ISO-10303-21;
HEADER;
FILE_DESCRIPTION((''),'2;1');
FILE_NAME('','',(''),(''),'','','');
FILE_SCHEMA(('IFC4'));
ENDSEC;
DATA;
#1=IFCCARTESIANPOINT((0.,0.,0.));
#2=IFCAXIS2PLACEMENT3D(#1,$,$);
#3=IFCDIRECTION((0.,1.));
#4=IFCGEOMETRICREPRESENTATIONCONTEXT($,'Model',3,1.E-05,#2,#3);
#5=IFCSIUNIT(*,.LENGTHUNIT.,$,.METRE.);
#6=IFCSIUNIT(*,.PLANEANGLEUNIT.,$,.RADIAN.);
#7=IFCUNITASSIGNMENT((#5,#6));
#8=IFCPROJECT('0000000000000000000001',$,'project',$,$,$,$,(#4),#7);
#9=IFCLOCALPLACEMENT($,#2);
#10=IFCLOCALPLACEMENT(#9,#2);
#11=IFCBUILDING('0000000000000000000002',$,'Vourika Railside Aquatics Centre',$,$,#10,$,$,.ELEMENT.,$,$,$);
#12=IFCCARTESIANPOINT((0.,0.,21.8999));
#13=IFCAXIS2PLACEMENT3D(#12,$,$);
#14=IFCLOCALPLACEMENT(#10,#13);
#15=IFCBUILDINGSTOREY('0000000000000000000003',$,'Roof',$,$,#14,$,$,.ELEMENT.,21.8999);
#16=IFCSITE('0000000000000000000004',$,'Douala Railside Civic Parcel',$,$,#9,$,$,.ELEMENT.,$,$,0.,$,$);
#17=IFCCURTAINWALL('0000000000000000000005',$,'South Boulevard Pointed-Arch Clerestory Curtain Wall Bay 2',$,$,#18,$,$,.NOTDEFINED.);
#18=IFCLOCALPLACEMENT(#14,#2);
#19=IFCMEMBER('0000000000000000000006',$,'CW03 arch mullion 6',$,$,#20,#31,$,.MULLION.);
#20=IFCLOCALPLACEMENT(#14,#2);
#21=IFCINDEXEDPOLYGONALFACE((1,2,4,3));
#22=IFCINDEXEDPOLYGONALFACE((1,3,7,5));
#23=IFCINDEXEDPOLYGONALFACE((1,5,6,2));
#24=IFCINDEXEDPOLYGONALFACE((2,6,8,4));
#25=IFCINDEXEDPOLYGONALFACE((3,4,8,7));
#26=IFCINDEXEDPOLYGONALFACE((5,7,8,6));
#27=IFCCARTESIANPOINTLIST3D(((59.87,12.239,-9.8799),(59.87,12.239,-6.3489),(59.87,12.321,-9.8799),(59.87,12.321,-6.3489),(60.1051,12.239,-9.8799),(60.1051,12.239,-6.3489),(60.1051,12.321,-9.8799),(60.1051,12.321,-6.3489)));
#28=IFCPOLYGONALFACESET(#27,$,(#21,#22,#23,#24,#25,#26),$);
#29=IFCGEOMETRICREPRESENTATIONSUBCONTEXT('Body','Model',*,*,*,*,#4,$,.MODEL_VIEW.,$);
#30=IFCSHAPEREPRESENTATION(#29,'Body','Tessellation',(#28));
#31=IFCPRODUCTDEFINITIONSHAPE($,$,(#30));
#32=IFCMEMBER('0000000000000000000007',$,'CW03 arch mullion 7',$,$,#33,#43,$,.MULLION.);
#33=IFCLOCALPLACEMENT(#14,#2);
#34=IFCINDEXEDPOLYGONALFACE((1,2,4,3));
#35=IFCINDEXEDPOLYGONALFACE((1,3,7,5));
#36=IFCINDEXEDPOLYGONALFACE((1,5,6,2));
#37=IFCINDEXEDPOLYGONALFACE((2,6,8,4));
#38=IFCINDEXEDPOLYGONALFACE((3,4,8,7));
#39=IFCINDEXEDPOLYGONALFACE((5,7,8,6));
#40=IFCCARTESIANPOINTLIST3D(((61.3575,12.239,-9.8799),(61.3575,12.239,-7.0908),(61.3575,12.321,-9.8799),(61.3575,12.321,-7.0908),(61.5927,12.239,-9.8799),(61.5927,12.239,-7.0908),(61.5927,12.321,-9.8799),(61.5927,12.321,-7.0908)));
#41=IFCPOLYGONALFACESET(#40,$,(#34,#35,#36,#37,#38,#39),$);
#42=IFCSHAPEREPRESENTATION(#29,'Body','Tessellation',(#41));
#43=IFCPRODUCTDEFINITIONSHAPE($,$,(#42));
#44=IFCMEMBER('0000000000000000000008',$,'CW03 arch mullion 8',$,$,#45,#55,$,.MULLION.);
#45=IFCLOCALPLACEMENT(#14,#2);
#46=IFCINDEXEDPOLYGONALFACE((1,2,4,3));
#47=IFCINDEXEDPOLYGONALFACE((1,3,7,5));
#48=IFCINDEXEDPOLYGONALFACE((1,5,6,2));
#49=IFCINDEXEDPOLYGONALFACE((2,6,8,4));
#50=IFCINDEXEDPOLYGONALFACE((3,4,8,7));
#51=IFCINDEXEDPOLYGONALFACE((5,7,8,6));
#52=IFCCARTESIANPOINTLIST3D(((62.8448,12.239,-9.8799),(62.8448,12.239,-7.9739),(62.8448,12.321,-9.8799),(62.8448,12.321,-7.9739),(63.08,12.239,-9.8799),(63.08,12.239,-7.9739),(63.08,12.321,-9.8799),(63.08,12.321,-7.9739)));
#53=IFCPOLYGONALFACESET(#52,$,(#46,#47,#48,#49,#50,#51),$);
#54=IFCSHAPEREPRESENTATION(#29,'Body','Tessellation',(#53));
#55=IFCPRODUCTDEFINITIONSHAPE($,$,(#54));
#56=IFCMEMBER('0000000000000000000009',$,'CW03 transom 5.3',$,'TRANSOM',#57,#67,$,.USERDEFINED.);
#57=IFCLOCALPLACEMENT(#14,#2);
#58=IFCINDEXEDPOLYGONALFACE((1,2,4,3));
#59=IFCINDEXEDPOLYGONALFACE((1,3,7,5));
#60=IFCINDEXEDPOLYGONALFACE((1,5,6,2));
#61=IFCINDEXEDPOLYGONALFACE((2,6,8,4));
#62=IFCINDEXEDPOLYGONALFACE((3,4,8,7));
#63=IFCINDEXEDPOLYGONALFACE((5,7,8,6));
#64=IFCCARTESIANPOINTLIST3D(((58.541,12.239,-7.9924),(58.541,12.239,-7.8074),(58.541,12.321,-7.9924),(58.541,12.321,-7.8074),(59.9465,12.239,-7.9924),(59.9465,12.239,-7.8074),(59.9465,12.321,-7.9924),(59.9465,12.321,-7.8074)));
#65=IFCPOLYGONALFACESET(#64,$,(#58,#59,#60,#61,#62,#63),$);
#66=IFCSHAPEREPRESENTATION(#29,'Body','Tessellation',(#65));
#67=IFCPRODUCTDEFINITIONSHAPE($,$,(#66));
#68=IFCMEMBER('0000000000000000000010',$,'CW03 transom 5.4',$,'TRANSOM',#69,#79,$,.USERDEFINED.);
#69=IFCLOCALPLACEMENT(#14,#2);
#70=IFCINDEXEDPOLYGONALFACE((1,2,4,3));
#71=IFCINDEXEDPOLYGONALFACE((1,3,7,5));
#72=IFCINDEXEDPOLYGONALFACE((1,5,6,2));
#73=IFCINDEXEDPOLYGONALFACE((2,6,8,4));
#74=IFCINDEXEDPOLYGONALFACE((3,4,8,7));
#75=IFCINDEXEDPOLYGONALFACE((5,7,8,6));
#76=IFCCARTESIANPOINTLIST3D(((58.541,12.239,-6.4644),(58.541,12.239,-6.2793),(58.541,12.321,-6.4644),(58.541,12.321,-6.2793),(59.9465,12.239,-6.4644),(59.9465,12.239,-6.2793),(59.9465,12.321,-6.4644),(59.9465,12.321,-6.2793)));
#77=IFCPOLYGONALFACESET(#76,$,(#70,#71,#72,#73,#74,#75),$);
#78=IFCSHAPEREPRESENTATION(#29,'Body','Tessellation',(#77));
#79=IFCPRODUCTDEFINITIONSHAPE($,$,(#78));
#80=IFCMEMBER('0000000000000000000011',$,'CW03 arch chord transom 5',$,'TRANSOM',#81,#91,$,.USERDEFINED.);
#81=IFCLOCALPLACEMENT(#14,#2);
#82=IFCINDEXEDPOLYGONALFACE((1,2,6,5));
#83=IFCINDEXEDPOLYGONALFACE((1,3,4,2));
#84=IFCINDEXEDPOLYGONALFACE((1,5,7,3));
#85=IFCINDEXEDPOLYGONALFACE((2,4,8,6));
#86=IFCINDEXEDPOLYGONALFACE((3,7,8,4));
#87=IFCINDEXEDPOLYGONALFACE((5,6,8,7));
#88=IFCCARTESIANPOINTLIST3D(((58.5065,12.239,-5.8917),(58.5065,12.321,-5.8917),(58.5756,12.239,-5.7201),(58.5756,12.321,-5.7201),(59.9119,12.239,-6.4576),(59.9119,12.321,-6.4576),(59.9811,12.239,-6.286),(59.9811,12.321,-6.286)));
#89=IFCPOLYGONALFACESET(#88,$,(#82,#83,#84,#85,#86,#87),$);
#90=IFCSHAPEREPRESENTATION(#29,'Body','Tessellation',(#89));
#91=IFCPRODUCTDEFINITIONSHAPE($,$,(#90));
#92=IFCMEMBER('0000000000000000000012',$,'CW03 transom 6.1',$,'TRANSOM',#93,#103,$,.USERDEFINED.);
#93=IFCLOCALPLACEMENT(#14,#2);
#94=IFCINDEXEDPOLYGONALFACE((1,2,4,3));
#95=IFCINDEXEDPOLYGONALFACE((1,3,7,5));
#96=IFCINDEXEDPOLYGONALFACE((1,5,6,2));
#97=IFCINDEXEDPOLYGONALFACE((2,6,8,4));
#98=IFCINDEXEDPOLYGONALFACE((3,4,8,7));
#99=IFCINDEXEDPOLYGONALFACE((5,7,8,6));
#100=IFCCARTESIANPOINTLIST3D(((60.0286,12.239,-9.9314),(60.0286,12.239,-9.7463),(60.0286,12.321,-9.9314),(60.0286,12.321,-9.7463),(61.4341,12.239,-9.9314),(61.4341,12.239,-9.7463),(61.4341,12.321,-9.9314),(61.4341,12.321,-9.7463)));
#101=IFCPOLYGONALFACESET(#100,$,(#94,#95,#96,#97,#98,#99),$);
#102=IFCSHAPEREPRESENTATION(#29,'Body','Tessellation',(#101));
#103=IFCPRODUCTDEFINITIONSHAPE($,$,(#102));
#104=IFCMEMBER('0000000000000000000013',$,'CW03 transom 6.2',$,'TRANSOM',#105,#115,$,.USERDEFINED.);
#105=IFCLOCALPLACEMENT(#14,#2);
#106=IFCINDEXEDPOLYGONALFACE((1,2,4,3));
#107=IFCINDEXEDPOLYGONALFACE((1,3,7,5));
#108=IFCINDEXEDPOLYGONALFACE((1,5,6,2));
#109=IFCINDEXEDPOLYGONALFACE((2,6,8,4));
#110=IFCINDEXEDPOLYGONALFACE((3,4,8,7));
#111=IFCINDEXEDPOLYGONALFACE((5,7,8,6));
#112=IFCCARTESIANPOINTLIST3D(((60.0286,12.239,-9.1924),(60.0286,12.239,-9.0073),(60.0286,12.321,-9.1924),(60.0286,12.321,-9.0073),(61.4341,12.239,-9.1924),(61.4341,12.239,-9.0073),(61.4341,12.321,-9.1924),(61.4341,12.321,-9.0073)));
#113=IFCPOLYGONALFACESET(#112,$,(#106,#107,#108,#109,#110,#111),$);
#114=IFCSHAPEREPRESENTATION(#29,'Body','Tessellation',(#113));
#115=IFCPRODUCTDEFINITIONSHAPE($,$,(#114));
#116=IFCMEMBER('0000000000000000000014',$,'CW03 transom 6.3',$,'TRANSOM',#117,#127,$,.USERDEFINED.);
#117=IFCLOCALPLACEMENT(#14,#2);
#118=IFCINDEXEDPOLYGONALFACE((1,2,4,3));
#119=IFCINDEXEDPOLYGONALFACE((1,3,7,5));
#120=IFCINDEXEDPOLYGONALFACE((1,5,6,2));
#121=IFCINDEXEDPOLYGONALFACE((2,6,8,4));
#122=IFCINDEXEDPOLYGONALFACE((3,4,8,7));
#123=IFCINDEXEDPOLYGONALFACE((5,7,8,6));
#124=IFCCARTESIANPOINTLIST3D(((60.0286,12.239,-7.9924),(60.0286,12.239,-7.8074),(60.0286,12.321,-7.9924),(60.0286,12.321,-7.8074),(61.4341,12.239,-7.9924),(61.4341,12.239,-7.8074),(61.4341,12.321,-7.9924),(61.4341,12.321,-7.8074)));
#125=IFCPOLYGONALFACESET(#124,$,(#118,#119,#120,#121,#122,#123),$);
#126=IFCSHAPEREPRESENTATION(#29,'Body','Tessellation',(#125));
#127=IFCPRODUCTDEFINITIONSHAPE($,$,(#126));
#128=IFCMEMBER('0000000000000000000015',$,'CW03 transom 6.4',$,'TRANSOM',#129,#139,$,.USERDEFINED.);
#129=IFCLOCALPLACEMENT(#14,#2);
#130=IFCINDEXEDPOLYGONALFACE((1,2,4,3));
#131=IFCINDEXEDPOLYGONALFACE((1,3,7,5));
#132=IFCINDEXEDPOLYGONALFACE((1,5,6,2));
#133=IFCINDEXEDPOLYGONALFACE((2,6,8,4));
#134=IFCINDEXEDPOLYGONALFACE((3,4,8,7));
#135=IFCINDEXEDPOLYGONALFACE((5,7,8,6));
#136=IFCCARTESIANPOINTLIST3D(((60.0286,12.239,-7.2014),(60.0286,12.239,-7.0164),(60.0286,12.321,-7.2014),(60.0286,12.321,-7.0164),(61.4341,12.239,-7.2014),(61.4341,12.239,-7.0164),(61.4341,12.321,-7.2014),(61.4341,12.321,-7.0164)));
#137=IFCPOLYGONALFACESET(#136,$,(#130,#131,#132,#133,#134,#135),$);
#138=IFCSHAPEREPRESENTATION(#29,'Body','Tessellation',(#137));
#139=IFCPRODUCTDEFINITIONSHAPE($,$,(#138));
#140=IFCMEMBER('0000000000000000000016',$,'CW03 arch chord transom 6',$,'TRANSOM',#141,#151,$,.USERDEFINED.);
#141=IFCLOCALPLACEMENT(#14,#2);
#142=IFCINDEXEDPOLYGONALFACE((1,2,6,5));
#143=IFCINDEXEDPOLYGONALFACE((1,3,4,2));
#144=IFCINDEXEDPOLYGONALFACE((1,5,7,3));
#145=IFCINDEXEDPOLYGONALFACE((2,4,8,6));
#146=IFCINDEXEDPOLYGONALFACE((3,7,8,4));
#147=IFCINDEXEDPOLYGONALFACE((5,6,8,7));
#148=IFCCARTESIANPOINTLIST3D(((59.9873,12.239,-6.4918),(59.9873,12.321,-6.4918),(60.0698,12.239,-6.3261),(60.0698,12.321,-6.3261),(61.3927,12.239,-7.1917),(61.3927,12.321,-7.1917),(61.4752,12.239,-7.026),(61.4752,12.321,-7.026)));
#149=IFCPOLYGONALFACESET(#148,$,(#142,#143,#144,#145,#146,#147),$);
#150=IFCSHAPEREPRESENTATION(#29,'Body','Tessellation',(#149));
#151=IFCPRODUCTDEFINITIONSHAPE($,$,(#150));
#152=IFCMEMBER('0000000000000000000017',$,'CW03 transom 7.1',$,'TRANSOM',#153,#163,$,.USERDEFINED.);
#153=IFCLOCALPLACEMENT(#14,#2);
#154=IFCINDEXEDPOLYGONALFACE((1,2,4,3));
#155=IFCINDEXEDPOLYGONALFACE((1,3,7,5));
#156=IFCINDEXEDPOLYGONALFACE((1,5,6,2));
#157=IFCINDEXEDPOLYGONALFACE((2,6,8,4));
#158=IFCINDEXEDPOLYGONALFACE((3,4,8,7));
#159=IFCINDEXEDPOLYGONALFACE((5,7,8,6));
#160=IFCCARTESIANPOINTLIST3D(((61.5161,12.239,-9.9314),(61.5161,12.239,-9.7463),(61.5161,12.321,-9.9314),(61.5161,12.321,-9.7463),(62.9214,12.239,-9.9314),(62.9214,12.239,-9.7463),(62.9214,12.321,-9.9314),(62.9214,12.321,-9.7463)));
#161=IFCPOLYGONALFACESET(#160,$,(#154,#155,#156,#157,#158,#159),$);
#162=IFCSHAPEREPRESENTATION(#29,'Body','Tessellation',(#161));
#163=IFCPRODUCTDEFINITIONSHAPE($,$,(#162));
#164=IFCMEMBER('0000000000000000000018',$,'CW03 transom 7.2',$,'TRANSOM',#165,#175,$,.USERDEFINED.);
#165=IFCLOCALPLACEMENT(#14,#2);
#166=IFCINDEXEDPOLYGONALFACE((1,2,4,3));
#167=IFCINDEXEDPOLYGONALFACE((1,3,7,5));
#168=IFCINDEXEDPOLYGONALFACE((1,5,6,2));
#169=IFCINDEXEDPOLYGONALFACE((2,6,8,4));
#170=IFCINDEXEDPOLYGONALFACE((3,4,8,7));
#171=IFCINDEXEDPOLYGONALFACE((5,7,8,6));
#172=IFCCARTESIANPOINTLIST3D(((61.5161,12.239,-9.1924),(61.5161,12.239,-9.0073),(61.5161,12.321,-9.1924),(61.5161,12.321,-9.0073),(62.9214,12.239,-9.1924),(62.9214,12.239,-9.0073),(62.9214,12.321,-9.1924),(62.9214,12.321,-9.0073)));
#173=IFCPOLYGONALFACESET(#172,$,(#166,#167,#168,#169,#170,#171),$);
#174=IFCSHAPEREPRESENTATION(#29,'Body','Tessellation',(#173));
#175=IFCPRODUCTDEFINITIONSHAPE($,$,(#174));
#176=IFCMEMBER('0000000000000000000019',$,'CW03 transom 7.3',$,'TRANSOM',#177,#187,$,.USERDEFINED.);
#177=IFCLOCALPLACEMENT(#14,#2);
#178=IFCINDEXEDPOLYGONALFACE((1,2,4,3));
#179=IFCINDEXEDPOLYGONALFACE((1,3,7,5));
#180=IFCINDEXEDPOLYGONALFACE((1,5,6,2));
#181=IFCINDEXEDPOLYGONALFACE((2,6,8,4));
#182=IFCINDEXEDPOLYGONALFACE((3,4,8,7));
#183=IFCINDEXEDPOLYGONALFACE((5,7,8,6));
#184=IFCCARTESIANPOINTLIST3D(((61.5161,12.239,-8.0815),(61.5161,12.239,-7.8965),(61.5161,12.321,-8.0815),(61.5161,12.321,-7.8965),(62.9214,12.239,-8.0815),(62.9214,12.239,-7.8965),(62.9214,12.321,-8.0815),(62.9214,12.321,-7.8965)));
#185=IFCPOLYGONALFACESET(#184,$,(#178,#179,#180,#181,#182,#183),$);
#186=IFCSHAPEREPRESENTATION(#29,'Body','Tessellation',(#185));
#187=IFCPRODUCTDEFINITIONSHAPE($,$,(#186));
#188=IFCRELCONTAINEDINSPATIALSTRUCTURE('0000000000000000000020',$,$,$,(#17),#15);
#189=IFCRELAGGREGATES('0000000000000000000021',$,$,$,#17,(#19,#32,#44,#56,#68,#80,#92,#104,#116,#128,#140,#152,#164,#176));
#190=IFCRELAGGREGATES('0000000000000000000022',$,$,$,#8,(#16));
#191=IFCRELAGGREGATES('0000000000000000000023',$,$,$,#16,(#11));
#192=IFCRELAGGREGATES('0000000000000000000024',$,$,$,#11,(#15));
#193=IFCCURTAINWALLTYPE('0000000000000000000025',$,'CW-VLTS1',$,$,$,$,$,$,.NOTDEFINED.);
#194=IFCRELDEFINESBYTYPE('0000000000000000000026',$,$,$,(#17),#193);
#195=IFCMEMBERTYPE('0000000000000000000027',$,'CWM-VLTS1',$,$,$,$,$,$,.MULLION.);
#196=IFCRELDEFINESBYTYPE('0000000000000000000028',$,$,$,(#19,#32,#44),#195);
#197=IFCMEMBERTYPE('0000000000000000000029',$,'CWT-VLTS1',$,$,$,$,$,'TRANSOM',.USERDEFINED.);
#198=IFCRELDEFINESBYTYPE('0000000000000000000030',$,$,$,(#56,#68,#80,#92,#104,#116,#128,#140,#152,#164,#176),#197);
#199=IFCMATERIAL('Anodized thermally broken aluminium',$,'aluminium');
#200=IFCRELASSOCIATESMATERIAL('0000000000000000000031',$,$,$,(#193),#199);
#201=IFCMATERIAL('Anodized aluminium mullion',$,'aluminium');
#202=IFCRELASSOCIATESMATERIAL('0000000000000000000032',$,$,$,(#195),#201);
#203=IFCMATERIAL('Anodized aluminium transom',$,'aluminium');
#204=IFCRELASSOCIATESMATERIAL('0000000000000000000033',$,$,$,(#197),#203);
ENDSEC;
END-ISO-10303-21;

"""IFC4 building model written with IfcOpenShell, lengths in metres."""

from ifc_helpers import new_model, si_unit, direction, frame, origin, origin_2d, place, context, subcontext, project, spatial, rectangle, extrude, material, material_profile, profile_set, type_object, element, aggregate, save


model = new_model("IFC4")

# Units and contexts
model_context = context("Model", 3, precision=1e-05, world=origin(), true_north=direction((0.0, 1.0)))
body_context = subcontext(model_context, "Body", "Model", "MODEL_VIEW")
ifc_project = project(units=[si_unit("LENGTHUNIT", "METRE"), si_unit("PLANEANGLEUNIT", "RADIAN")], contexts=[model_context])

# Site, building, storey
site_placement = place(None, origin())
site = spatial("IfcSite", under=ifc_project, at=site_placement, Name="Douala Railside Civic Parcel", CompositionType="ELEMENT", RefElevation=0.0)
building_placement = place(site_placement, origin())
building = spatial("IfcBuilding", under=site, at=building_placement, Name="Vourika Railside Aquatics Centre", CompositionType="ELEMENT")
storey_placement = place(building_placement, frame((0.0, 0.0, 21.8999)))
storey = spatial("IfcBuildingStorey", under=building, at=storey_placement, Name="Roof", CompositionType="ELEMENT", Elevation=21.8999)

# Curtain wall, members
ifc_material_1 = material(Name="Anodized thermally broken aluminium", Category="aluminium")
curtain_wall_type = type_object("IfcCurtainWallType", Name="CW-VLTS1", PredefinedType="NOTDEFINED", material=ifc_material_1)
curtain_wall_placement = place(storey_placement, origin())
curtain_wall = element("IfcCurtainWall", 1, at=curtain_wall_placement, inside=storey, type_object=curtain_wall_type, Name="South Boulevard Pointed-Arch Clerestory Curtain Wall Bay 2", PredefinedType="NOTDEFINED")
ifc_material_2 = material(Name="Anodized aluminium mullion", Category="aluminium")
ifc_material_profile_1 = material_profile(ifc_material_2, rectangle(XDim=0.082, YDim=0.2351, at=origin_2d()), Name="ALU-M 82x235")
ifc_profile_set_1 = profile_set([ifc_material_profile_1], Name="Anodized aluminium mullion")
member_type_1 = type_object("IfcMemberType", Name="CWM-VLTS1", PredefinedType="MULLION", material=ifc_profile_set_1)
member_1_placement = place(storey_placement, frame((59.9875, 12.28, -9.8799), z_axis=(0.0, 0.0, 1.0), x_axis=(0.0, 1.0, 0.0)))
member_1 = element("IfcMember", 2, at=member_1_placement, type_object=member_type_1, Name="CW03 arch mullion 6", PredefinedType="MULLION", context=body_context, shape_type="SweptSolid", body=[
    extrude(rectangle(XDim=0.082, YDim=0.2351, at=origin_2d()), origin(), (0.0, 0.0, 1.0), 3.531),
])
member_2_placement = place(storey_placement, frame((61.4751, 12.28, -9.8799), z_axis=(0.0, 0.0, 1.0), x_axis=(0.0, 1.0, 0.0)))
member_2 = element("IfcMember", 3, at=member_2_placement, type_object=member_type_1, Name="CW03 arch mullion 7", PredefinedType="MULLION", context=body_context, shape_type="SweptSolid", body=[
    extrude(rectangle(XDim=0.082, YDim=0.2351, at=origin_2d()), origin(), (0.0, 0.0, 1.0), 2.7891),
])
member_3_placement = place(storey_placement, frame((62.9624, 12.28, -9.8799), z_axis=(0.0, 0.0, 1.0), x_axis=(0.0, 1.0, 0.0)))
member_3 = element("IfcMember", 4, at=member_3_placement, type_object=member_type_1, Name="CW03 arch mullion 8", PredefinedType="MULLION", context=body_context, shape_type="SweptSolid", body=[
    extrude(rectangle(XDim=0.082, YDim=0.2351, at=origin_2d()), origin(), (0.0, 0.0, 1.0), 1.906),
])
ifc_material_3 = material(Name="Anodized aluminium transom", Category="aluminium")
ifc_material_profile_2 = material_profile(ifc_material_3, rectangle(XDim=0.082, YDim=0.1851, at=origin_2d()), Name="ALU-T 82x185")
ifc_profile_set_2 = profile_set([ifc_material_profile_2], Name="Anodized aluminium transom")
member_type_2 = type_object("IfcMemberType", Name="CWT-VLTS1", ElementType="TRANSOM", PredefinedType="USERDEFINED", material=ifc_profile_set_2)
member_4_placement = place(storey_placement, frame((58.541, 12.28, -7.8999), z_axis=(1.0, 0.0, 0.0), x_axis=(0.0, 1.0, 0.0)))
member_4 = element("IfcMember", 5, at=member_4_placement, type_object=member_type_2, Name="CW03 transom 5.3", ObjectType="TRANSOM", PredefinedType="USERDEFINED", context=body_context, shape_type="SweptSolid", body=[
    extrude(rectangle(XDim=0.082, YDim=0.1851, at=origin_2d()), origin(), (0.0, 0.0, 1.0), 1.4055),
])
member_5_placement = place(storey_placement, frame((58.541, 12.28, -6.3718), z_axis=(1.0, 0.0, 0.0), x_axis=(0.0, 1.0, 0.0)))
member_5 = element("IfcMember", 6, at=member_5_placement, type_object=member_type_2, Name="CW03 transom 5.4", ObjectType="TRANSOM", PredefinedType="USERDEFINED", context=body_context, shape_type="SweptSolid", body=[
    extrude(rectangle(XDim=0.082, YDim=0.1851, at=origin_2d()), origin(), (0.0, 0.0, 1.0), 1.4055),
])
member_6_placement = place(storey_placement, frame((58.541, 12.28, -5.8059), z_axis=(0.92763, 0.0, -0.373501), x_axis=(0.0, 1.0, 0.0)))
member_6 = element("IfcMember", 7, at=member_6_placement, type_object=member_type_2, Name="CW03 arch chord transom 5", ObjectType="TRANSOM", PredefinedType="USERDEFINED", context=body_context, shape_type="SweptSolid", body=[
    extrude(rectangle(XDim=0.082, YDim=0.1851, at=origin_2d()), origin(), (0.0, 0.0, 1.0), 1.5151),
])
member_7_placement = place(storey_placement, frame((60.0286, 12.28, -9.8389), z_axis=(1.0, 0.0, 0.0), x_axis=(0.0, 1.0, 0.0)))
member_7 = element("IfcMember", 8, at=member_7_placement, type_object=member_type_2, Name="CW03 transom 6.1", ObjectType="TRANSOM", PredefinedType="USERDEFINED", context=body_context, shape_type="SweptSolid", body=[
    extrude(rectangle(XDim=0.082, YDim=0.1851, at=origin_2d()), origin(), (0.0, 0.0, 1.0), 1.4055),
])
member_8_placement = place(storey_placement, frame((60.0286, 12.28, -9.0999), z_axis=(1.0, 0.0, 0.0), x_axis=(0.0, 1.0, 0.0)))
member_8 = element("IfcMember", 9, at=member_8_placement, type_object=member_type_2, Name="CW03 transom 6.2", ObjectType="TRANSOM", PredefinedType="USERDEFINED", context=body_context, shape_type="SweptSolid", body=[
    extrude(rectangle(XDim=0.082, YDim=0.1851, at=origin_2d()), origin(), (0.0, 0.0, 1.0), 1.4055),
])
member_9_placement = place(storey_placement, frame((60.0286, 12.28, -7.8999), z_axis=(1.0, 0.0, 0.0), x_axis=(0.0, 1.0, 0.0)))
member_9 = element("IfcMember", 10, at=member_9_placement, type_object=member_type_2, Name="CW03 transom 6.3", ObjectType="TRANSOM", PredefinedType="USERDEFINED", context=body_context, shape_type="SweptSolid", body=[
    extrude(rectangle(XDim=0.082, YDim=0.1851, at=origin_2d()), origin(), (0.0, 0.0, 1.0), 1.4055),
])
member_10_placement = place(storey_placement, frame((60.0286, 12.28, -7.1089), z_axis=(1.0, 0.0, 0.0), x_axis=(0.0, 1.0, 0.0)))
member_10 = element("IfcMember", 11, at=member_10_placement, type_object=member_type_2, Name="CW03 transom 6.4", ObjectType="TRANSOM", PredefinedType="USERDEFINED", context=body_context, shape_type="SweptSolid", body=[
    extrude(rectangle(XDim=0.082, YDim=0.1851, at=origin_2d()), origin(), (0.0, 0.0, 1.0), 1.4055),
])
member_11_placement = place(storey_placement, frame((60.0286, 12.28, -6.4089), z_axis=(0.895141, 0.0, -0.445783), x_axis=(0.0, 1.0, 0.0)))
member_11 = element("IfcMember", 12, at=member_11_placement, type_object=member_type_2, Name="CW03 arch chord transom 6", ObjectType="TRANSOM", PredefinedType="USERDEFINED", context=body_context, shape_type="SweptSolid", body=[
    extrude(rectangle(XDim=0.082, YDim=0.1851, at=origin_2d()), origin(), (0.0, 0.0, 1.0), 1.5701),
])
member_12_placement = place(storey_placement, frame((61.5161, 12.28, -9.8389), z_axis=(1.0, 0.0, 0.0), x_axis=(0.0, 1.0, 0.0)))
member_12 = element("IfcMember", 13, at=member_12_placement, type_object=member_type_2, Name="CW03 transom 7.1", ObjectType="TRANSOM", PredefinedType="USERDEFINED", context=body_context, shape_type="SweptSolid", body=[
    extrude(rectangle(XDim=0.082, YDim=0.1851, at=origin_2d()), origin(), (0.0, 0.0, 1.0), 1.4053),
])
member_13_placement = place(storey_placement, frame((61.5161, 12.28, -9.0999), z_axis=(1.0, 0.0, 0.0), x_axis=(0.0, 1.0, 0.0)))
member_13 = element("IfcMember", 14, at=member_13_placement, type_object=member_type_2, Name="CW03 transom 7.2", ObjectType="TRANSOM", PredefinedType="USERDEFINED", context=body_context, shape_type="SweptSolid", body=[
    extrude(rectangle(XDim=0.082, YDim=0.1851, at=origin_2d()), origin(), (0.0, 0.0, 1.0), 1.4053),
])
member_14_placement = place(storey_placement, frame((61.5161, 12.28, -7.989), z_axis=(1.0, 0.0, 0.0), x_axis=(0.0, 1.0, 0.0)))
member_14 = element("IfcMember", 15, at=member_14_placement, type_object=member_type_2, Name="CW03 transom 7.3", ObjectType="TRANSOM", PredefinedType="USERDEFINED", context=body_context, shape_type="SweptSolid", body=[
    extrude(rectangle(XDim=0.082, YDim=0.1851, at=origin_2d()), origin(), (0.0, 0.0, 1.0), 1.4053),
])
aggregate(curtain_wall, [member_1, member_2, member_3, member_4, member_5, member_6, member_7, member_8, member_9, member_10, member_11, member_12, member_13, member_14])

save(model, "model.ifc")
